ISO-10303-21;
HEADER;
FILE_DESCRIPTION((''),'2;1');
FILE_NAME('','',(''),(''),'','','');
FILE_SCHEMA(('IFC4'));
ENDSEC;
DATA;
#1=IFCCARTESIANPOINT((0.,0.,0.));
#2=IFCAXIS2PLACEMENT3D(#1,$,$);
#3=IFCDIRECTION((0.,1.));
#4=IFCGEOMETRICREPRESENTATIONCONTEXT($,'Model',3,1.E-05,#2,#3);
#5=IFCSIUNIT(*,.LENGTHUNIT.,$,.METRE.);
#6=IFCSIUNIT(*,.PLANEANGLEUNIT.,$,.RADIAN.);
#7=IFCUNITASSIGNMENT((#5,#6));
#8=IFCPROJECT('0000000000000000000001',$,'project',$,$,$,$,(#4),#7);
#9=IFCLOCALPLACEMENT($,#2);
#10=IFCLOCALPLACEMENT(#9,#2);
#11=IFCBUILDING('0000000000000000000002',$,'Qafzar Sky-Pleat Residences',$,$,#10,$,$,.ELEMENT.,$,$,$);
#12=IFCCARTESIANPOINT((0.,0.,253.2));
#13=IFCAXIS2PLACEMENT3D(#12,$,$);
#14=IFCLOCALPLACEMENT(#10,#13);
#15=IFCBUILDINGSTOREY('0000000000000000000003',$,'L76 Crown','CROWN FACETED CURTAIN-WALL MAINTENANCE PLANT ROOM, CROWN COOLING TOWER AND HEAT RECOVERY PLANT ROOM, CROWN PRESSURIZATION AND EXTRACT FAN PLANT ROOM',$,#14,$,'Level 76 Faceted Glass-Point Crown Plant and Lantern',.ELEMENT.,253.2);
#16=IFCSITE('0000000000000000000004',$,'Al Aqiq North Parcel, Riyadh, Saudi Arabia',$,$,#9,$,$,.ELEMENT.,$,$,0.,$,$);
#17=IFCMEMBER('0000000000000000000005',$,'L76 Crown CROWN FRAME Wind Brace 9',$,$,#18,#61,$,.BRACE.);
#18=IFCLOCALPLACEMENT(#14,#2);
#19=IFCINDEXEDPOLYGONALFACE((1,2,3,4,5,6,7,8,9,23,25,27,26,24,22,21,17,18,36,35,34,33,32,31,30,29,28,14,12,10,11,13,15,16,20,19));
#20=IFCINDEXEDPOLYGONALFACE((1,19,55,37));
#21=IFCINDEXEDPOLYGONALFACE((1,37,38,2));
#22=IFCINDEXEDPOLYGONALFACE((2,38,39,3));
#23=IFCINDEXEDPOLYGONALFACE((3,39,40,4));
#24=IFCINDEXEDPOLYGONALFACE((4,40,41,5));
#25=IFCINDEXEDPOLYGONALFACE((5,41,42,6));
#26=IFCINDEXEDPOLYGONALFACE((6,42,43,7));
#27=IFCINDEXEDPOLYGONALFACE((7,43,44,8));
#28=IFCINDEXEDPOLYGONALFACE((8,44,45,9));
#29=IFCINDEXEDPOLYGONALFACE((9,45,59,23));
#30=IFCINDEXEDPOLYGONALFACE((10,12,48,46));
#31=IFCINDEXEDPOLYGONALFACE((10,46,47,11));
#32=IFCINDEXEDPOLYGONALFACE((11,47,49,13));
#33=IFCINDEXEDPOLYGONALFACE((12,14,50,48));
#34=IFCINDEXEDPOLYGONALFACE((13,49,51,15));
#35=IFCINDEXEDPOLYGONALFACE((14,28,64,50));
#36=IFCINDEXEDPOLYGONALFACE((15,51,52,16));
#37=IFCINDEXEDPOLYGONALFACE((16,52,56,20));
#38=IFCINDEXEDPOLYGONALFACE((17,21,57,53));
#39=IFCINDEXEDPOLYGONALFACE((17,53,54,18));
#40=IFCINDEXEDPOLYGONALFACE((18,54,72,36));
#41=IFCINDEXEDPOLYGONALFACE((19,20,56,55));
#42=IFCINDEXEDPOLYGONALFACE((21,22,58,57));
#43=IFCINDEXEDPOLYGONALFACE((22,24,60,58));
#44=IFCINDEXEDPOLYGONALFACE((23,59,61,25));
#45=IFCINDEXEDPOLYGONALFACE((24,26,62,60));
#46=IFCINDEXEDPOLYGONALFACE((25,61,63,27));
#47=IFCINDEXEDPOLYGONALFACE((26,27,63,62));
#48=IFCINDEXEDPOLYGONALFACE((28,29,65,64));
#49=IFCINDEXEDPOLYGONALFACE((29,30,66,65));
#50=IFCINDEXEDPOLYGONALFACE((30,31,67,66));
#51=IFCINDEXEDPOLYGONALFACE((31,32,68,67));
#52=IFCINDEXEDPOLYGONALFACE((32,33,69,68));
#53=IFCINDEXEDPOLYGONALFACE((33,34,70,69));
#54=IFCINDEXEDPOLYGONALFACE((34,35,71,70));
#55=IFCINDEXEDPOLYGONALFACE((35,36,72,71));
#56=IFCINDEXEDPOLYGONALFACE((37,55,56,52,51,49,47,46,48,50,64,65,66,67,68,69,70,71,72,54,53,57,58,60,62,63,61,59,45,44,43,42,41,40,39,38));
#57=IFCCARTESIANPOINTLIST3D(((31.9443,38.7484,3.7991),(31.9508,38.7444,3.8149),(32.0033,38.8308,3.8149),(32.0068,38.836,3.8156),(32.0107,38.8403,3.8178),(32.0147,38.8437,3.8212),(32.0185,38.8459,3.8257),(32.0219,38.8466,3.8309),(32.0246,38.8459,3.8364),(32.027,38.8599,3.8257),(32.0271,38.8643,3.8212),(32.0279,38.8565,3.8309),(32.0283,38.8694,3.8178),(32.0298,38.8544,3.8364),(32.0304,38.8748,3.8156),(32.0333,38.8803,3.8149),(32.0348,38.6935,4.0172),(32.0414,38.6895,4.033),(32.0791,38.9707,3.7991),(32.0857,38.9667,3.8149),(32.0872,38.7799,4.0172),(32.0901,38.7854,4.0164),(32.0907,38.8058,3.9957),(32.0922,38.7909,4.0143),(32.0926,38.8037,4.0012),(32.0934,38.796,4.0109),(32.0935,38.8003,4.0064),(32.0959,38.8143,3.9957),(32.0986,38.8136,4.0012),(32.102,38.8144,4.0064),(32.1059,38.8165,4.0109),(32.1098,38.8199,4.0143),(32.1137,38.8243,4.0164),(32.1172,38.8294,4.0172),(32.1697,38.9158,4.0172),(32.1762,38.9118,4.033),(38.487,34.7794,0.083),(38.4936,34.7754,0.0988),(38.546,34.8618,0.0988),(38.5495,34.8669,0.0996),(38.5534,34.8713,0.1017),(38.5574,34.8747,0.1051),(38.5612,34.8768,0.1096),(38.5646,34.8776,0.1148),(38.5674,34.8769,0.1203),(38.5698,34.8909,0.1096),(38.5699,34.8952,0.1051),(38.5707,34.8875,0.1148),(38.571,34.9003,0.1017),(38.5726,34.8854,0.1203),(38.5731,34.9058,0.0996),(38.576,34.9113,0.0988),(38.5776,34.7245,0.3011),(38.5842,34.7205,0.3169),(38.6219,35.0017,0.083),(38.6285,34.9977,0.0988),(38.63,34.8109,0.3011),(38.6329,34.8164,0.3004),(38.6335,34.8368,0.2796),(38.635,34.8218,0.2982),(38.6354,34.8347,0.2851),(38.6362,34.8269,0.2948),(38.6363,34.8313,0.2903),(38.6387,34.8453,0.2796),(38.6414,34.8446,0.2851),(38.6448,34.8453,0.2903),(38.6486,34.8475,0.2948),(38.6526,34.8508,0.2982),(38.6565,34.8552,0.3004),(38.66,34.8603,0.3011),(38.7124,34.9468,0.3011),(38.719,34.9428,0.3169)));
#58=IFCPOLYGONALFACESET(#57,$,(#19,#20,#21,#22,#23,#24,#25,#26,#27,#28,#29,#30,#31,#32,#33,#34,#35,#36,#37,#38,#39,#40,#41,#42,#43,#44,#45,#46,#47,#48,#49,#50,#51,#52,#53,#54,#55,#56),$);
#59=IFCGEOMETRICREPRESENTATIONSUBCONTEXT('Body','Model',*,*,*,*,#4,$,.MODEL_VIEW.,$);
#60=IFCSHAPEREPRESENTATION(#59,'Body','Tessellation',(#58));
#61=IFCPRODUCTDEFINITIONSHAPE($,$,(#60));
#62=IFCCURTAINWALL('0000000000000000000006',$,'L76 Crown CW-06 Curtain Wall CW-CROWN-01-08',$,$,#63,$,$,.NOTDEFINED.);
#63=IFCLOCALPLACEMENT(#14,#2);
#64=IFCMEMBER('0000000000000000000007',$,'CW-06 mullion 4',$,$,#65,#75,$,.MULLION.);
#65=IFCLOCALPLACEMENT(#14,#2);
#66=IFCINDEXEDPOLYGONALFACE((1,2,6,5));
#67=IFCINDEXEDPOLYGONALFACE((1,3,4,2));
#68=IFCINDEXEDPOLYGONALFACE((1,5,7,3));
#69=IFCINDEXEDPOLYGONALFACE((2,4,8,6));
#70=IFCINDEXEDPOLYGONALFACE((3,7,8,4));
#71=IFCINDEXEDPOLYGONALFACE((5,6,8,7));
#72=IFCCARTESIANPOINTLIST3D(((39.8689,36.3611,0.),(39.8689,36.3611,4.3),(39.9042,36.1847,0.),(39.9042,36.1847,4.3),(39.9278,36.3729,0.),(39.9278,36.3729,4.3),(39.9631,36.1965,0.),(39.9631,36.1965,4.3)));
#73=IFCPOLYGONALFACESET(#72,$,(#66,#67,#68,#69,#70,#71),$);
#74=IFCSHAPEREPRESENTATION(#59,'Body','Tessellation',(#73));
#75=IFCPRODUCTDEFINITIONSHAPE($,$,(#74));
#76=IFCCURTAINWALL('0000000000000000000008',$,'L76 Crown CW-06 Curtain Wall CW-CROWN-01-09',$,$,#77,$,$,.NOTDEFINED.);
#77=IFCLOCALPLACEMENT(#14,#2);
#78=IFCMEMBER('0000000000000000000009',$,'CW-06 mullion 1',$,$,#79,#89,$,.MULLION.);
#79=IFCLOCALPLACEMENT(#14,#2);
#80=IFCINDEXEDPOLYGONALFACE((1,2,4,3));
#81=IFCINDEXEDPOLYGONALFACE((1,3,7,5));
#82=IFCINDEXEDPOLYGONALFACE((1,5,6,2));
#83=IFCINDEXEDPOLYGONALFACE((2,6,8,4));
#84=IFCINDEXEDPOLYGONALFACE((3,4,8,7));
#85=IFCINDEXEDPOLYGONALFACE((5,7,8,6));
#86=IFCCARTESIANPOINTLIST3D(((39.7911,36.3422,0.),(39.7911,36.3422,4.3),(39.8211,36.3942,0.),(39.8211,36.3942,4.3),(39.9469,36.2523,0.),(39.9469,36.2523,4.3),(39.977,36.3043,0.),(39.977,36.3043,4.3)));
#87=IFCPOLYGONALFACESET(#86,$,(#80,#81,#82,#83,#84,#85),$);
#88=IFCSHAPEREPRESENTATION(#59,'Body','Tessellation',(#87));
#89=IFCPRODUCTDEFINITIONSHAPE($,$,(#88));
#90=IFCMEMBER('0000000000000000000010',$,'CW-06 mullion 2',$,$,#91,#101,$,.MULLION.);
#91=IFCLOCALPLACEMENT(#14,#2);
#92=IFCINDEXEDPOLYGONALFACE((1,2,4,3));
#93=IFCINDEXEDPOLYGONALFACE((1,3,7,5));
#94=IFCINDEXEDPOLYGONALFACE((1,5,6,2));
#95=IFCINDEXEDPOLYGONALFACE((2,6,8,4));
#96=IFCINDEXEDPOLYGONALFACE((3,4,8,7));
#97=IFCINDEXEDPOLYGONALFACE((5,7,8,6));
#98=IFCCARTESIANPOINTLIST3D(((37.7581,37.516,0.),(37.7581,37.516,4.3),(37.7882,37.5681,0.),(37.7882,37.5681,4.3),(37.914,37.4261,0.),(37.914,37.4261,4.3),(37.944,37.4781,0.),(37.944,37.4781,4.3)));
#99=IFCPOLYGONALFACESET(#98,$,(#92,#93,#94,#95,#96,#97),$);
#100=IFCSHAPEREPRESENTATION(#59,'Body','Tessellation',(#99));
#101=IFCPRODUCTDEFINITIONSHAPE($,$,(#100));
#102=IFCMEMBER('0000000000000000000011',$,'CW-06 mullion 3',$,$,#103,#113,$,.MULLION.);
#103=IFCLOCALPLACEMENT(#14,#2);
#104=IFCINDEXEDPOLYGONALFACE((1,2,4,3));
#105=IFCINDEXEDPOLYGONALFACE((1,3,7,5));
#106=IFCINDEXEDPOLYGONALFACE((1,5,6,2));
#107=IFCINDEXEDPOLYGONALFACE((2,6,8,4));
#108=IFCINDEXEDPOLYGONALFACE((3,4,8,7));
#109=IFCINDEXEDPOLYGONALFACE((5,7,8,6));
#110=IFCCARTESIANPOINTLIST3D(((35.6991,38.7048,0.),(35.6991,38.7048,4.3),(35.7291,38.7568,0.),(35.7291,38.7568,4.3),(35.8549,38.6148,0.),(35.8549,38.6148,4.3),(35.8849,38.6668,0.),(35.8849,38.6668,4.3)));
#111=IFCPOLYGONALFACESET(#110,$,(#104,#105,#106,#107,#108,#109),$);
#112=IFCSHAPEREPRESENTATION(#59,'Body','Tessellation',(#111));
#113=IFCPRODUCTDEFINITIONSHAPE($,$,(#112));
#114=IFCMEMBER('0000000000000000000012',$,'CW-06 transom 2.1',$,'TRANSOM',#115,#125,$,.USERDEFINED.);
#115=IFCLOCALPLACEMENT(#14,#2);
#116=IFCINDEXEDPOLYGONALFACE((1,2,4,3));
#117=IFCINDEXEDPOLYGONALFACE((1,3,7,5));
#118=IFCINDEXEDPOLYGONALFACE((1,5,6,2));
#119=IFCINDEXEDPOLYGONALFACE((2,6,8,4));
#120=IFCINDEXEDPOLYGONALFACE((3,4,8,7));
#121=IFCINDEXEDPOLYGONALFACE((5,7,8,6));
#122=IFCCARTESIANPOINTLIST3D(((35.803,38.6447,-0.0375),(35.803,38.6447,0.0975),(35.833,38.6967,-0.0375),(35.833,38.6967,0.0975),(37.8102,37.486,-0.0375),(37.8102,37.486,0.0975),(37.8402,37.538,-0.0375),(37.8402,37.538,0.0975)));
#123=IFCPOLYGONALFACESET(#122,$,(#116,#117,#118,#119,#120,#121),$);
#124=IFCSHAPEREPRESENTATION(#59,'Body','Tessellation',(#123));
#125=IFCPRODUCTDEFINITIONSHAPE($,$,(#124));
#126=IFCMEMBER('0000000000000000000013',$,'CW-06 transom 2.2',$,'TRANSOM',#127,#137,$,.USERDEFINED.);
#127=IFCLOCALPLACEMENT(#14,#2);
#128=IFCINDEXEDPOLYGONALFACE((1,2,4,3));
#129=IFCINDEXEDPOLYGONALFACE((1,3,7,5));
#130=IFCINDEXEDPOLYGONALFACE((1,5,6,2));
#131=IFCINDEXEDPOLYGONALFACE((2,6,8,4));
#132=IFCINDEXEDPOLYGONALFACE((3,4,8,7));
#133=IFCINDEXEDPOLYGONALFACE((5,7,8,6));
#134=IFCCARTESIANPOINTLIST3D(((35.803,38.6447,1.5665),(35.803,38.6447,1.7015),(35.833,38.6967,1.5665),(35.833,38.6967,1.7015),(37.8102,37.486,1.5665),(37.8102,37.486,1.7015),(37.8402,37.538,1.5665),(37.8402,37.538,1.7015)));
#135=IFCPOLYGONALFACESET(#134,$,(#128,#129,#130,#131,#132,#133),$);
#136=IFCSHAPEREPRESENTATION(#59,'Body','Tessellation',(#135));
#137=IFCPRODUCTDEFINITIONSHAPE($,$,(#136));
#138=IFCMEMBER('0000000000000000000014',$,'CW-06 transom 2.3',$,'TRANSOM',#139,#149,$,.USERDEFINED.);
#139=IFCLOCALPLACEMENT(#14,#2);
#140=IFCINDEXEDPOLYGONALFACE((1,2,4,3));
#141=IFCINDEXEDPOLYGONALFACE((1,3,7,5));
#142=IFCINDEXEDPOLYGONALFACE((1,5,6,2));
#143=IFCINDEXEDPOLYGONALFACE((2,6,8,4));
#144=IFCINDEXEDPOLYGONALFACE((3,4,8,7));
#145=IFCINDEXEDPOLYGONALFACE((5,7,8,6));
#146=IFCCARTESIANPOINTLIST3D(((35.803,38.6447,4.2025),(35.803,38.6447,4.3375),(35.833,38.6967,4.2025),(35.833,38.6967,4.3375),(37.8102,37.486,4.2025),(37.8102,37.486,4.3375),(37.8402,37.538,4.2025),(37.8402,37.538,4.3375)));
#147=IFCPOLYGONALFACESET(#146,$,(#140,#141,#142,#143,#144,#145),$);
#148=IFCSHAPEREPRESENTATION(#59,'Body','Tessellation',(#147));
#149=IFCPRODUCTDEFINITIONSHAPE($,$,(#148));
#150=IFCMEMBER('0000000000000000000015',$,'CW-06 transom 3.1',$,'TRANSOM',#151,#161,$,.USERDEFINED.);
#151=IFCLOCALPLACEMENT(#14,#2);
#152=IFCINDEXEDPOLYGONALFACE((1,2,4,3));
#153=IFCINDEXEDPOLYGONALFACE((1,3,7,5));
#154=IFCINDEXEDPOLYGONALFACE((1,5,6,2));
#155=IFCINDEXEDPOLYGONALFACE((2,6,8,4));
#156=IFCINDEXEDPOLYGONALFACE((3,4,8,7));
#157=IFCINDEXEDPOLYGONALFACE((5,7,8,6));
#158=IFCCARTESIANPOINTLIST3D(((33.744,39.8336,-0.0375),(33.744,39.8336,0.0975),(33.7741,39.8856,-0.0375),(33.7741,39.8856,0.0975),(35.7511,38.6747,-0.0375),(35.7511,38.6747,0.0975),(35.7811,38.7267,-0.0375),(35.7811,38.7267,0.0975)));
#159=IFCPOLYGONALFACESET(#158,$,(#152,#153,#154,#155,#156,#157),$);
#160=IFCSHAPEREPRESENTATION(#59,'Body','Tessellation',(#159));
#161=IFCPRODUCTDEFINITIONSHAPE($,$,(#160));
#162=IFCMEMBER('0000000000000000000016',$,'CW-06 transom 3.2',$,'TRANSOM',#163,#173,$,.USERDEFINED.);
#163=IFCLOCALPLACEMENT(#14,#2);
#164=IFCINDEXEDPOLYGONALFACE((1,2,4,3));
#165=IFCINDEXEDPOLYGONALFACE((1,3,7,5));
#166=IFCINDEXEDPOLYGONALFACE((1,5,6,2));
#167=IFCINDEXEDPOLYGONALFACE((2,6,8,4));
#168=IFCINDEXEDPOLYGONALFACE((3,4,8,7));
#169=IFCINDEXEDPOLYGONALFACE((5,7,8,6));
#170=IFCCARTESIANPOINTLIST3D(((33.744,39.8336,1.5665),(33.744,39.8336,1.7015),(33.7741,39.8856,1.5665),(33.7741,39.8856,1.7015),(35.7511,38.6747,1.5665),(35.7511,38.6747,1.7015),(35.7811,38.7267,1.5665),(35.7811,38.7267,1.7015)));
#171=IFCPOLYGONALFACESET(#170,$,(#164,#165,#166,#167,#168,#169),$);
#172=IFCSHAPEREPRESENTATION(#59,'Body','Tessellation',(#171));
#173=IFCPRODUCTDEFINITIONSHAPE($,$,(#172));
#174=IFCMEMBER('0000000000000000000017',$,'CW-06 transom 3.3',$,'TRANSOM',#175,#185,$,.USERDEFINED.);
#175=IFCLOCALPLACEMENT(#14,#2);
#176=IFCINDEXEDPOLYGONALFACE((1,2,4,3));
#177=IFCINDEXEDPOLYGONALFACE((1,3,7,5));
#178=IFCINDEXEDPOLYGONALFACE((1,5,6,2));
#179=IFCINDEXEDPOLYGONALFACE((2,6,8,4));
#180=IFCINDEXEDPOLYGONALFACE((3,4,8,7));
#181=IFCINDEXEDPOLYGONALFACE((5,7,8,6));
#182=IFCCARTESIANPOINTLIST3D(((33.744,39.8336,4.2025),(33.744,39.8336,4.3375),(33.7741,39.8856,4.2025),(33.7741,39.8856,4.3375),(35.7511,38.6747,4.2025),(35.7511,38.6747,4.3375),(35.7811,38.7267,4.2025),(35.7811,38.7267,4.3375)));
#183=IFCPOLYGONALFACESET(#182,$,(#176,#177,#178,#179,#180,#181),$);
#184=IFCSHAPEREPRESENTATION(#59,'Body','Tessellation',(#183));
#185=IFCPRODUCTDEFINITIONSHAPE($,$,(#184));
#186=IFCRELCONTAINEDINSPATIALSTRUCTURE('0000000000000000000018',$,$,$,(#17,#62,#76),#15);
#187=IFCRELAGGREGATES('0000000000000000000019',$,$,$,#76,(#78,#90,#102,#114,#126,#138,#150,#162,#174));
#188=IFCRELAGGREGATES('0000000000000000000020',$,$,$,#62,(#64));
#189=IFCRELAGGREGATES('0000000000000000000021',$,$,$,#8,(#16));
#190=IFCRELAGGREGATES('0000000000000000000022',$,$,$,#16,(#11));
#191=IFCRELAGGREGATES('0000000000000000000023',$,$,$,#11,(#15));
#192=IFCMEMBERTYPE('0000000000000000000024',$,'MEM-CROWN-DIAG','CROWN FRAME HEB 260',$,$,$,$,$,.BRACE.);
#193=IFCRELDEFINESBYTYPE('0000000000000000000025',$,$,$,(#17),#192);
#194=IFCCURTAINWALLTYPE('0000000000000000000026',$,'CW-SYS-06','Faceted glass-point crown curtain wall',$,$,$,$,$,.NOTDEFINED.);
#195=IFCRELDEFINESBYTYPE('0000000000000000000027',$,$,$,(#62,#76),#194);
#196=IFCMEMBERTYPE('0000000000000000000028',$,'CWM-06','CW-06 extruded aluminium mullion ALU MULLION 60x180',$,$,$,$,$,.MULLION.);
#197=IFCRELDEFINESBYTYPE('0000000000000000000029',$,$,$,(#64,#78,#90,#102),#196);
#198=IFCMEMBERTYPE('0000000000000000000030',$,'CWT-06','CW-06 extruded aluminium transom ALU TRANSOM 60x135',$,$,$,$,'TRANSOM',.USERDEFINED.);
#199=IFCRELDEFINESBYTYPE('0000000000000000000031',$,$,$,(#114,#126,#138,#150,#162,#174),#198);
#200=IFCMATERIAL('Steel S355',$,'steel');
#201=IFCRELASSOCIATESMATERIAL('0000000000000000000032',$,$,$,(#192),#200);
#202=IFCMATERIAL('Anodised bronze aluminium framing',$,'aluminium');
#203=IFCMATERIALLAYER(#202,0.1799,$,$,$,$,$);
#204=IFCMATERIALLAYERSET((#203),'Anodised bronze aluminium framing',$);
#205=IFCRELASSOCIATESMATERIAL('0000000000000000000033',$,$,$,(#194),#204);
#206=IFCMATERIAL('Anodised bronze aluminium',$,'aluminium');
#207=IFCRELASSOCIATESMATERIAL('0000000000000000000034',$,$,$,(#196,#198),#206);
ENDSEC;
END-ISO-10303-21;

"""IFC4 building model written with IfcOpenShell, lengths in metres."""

from ifc_helpers import new_model, si_unit, direction, frame, origin, origin_2d, place, context, subcontext, project, spatial, rectangle, i_section, extrude, source, transform, mapped, material, layer, layer_set, material_profile, profile_set, type_object, element, aggregate, save


model = new_model("IFC4")

# Units and contexts
model_context = context("Model", 3, precision=1e-05, world=origin(), true_north=direction((0.0, 1.0)))
body_context = subcontext(model_context, "Body", "Model", "MODEL_VIEW")
ifc_project = project(units=[si_unit("LENGTHUNIT", "METRE"), si_unit("PLANEANGLEUNIT", "RADIAN")], contexts=[model_context])

# Site, building, storey
site_placement = place(None, origin())
site = spatial("IfcSite", under=ifc_project, at=site_placement, Name="Al Aqiq North Parcel, Riyadh, Saudi Arabia", CompositionType="ELEMENT", RefElevation=0.0)
building_placement = place(site_placement, origin())
building = spatial("IfcBuilding", under=site, at=building_placement, Name="Qafzar Sky-Pleat Residences", CompositionType="ELEMENT")
storey_placement = place(building_placement, frame((0.0, 0.0, 253.2)))
storey = spatial("IfcBuildingStorey", under=building, at=storey_placement, Name="L76 Crown", Description="CROWN FACETED CURTAIN-WALL MAINTENANCE PLANT ROOM, CROWN COOLING TOWER AND HEAT RECOVERY PLANT ROOM, CROWN PRESSURIZATION AND EXTRACT FAN PLANT ROOM", LongName="Level 76 Faceted Glass-Point Crown Plant and Lantern", CompositionType="ELEMENT", Elevation=253.2)

# Member
ifc_material_1 = material(Name="Steel S355", Category="steel")
ifc_material_profile_1 = material_profile(ifc_material_1, i_section(OverallWidth=0.26, OverallDepth=0.26, WebThickness=0.01, FlangeThickness=0.0176, FilletRadius=0.0239, at=origin_2d()), Name="HEB 260")
ifc_profile_set_1 = profile_set([ifc_material_profile_1], Name="Steel S355")
member_type_1 = type_object("IfcMemberType", Name="MEM-CROWN-DIAG", Description="CROWN FRAME HEB 260", PredefinedType="BRACE", material=ifc_profile_set_1)
shared_shape_1 = source(origin(), body_context, "Body", "SweptSolid", [
    extrude(i_section(OverallWidth=0.26, OverallDepth=0.26, WebThickness=0.01, FlangeThickness=0.0176, FilletRadius=0.0239, at=origin_2d()), origin(), (0.0, 0.0, 1.0), 8.5071),
])
member_1_placement = place(storey_placement, frame((38.603, 34.8611, 0.2), z_axis=(-0.769098, 0.466555, 0.436824), x_axis=(-0.518656, -0.854983, 0.0)))
element("IfcMember", 1, at=member_1_placement, inside=storey, type_object=member_type_1, Name="L76 Crown CROWN FRAME Wind Brace 9", PredefinedType="BRACE", context=body_context, shape_type="MappedRepresentation", body=[
    mapped(shared_shape_1, transform((0.0, 0.0, 0.0), x_axis=(1.0, 0.0, 0.0), y_axis=(0.0, 1.0, 0.0), z_axis=(0.0, 0.0, 1.0), scale=1.0)),
])

# Curtain wall, member
ifc_material_2 = material(Name="Anodised bronze aluminium framing", Category="aluminium")
ifc_layer_1 = layer(ifc_material_2, 0.1799)
ifc_layer_set_1 = layer_set([ifc_layer_1], Name="Anodised bronze aluminium framing")
curtain_wall_type = type_object("IfcCurtainWallType", Name="CW-SYS-06", Description="Faceted glass-point crown curtain wall", PredefinedType="NOTDEFINED", material=ifc_layer_set_1)
curtain_wall_1_placement = place(storey_placement, origin())
curtain_wall_1 = element("IfcCurtainWall", 2, at=curtain_wall_1_placement, inside=storey, type_object=curtain_wall_type, Name="L76 Crown CW-06 Curtain Wall CW-CROWN-01-08", PredefinedType="NOTDEFINED")
ifc_material_3 = material(Name="Anodised bronze aluminium", Category="aluminium")
ifc_material_profile_2 = material_profile(ifc_material_3, rectangle(XDim=0.0601, YDim=0.1799, at=origin_2d()), Name="ALU MULLION 60x180")
ifc_profile_set_2 = profile_set([ifc_material_profile_2], Name="Anodised bronze aluminium")
member_type_2 = type_object("IfcMemberType", Name="CWM-06", Description="CW-06 extruded aluminium mullion ALU MULLION 60x180", PredefinedType="MULLION", material=ifc_profile_set_2)
shared_shape_2 = source(origin(), body_context, "Body", "SweptSolid", [
    extrude(rectangle(XDim=0.0601, YDim=0.1799, at=origin_2d()), origin(), (0.0, 0.0, 1.0), 4.3),
])
member_2_placement = place(storey_placement, frame((39.916, 36.2788, 0.0), z_axis=(0.0, 0.0, 1.0), x_axis=(-0.980581, -0.196113, 0.0)))
member_2 = element("IfcMember", 3, at=member_2_placement, type_object=member_type_2, Name="CW-06 mullion 4", PredefinedType="MULLION", context=body_context, shape_type="MappedRepresentation", body=[
    mapped(shared_shape_2, transform((0.0, 0.0, 0.0), x_axis=(1.0, 0.0, 0.0), y_axis=(0.0, 1.0, 0.0), z_axis=(0.0, 0.0, 1.0), scale=1.0)),
])

# Curtain wall, members
curtain_wall_2_placement = place(storey_placement, origin())
curtain_wall_2 = element("IfcCurtainWall", 4, at=curtain_wall_2_placement, inside=storey, type_object=curtain_wall_type, Name="L76 Crown CW-06 Curtain Wall CW-CROWN-01-09", PredefinedType="NOTDEFINED")
member_3_placement = place(storey_placement, frame((39.884, 36.3232, 0.0), z_axis=(0.0, 0.0, 1.0), x_axis=(-0.500003, -0.866023, 0.0)))
member_3 = element("IfcMember", 5, at=member_3_placement, type_object=member_type_2, Name="CW-06 mullion 1", PredefinedType="MULLION", context=body_context, shape_type="MappedRepresentation", body=[
    mapped(shared_shape_2, transform((0.0, 0.0, 0.0), x_axis=(1.0, 0.0, 0.0), y_axis=(0.0, 1.0, 0.0), z_axis=(0.0, 0.0, 1.0), scale=1.0)),
])
member_4_placement = place(storey_placement, frame((37.8511, 37.4971, 0.0), z_axis=(0.0, 0.0, 1.0), x_axis=(-0.500003, -0.866023, 0.0)))
member_4 = element("IfcMember", 6, at=member_4_placement, type_object=member_type_2, Name="CW-06 mullion 2", PredefinedType="MULLION", context=body_context, shape_type="MappedRepresentation", body=[
    mapped(shared_shape_2, transform((0.0, 0.0, 0.0), x_axis=(1.0, 0.0, 0.0), y_axis=(0.0, 1.0, 0.0), z_axis=(0.0, 0.0, 1.0), scale=1.0)),
])
member_5_placement = place(storey_placement, frame((35.792, 38.6858, 0.0), z_axis=(0.0, 0.0, 1.0), x_axis=(-0.500003, -0.866023, 0.0)))
member_5 = element("IfcMember", 7, at=member_5_placement, type_object=member_type_2, Name="CW-06 mullion 3", PredefinedType="MULLION", context=body_context, shape_type="MappedRepresentation", body=[
    mapped(shared_shape_2, transform((0.0, 0.0, 0.0), x_axis=(1.0, 0.0, 0.0), y_axis=(0.0, 1.0, 0.0), z_axis=(0.0, 0.0, 1.0), scale=1.0)),
])
ifc_material_profile_3 = material_profile(ifc_material_3, rectangle(XDim=0.0601, YDim=0.135, at=origin_2d()), Name="ALU TRANSOM 60x135")
ifc_profile_set_3 = profile_set([ifc_material_profile_3], Name="Anodised bronze aluminium")
member_type_3 = type_object("IfcMemberType", Name="CWT-06", Description="CW-06 extruded aluminium transom ALU TRANSOM 60x135", ElementType="TRANSOM", PredefinedType="USERDEFINED", material=ifc_profile_set_3)
shared_shape_3 = source(origin(), body_context, "Body", "SweptSolid", [
    extrude(rectangle(XDim=0.0601, YDim=0.135, at=origin_2d()), origin(), (0.0, 0.0, 1.0), 2.3176),
])
member_6_placement = place(storey_placement, frame((37.8252, 37.512, 0.03), z_axis=(-0.866043, 0.499969, 0.0), x_axis=(-0.499969, -0.866043, 0.0)))
member_6 = element("IfcMember", 8, at=member_6_placement, type_object=member_type_3, Name="CW-06 transom 2.1", ObjectType="TRANSOM", PredefinedType="USERDEFINED", context=body_context, shape_type="MappedRepresentation", body=[
    mapped(shared_shape_3, transform((0.0, 0.0, 0.0), x_axis=(1.0, 0.0, 0.0), y_axis=(0.0, 1.0, 0.0), z_axis=(0.0, 0.0, 1.0), scale=1.0)),
])
member_7_placement = place(storey_placement, frame((37.8252, 37.512, 1.634), z_axis=(-0.866043, 0.499969, 0.0), x_axis=(-0.499969, -0.866043, 0.0)))
member_7 = element("IfcMember", 9, at=member_7_placement, type_object=member_type_3, Name="CW-06 transom 2.2", ObjectType="TRANSOM", PredefinedType="USERDEFINED", context=body_context, shape_type="MappedRepresentation", body=[
    mapped(shared_shape_3, transform((0.0, 0.0, 0.0), x_axis=(1.0, 0.0, 0.0), y_axis=(0.0, 1.0, 0.0), z_axis=(0.0, 0.0, 1.0), scale=1.0)),
])
member_8_placement = place(storey_placement, frame((37.8252, 37.512, 4.27), z_axis=(-0.866043, 0.499969, 0.0), x_axis=(-0.499969, -0.866043, 0.0)))
member_8 = element("IfcMember", 10, at=member_8_placement, type_object=member_type_3, Name="CW-06 transom 2.3", ObjectType="TRANSOM", PredefinedType="USERDEFINED", context=body_context, shape_type="MappedRepresentation", body=[
    mapped(shared_shape_3, transform((0.0, 0.0, 0.0), x_axis=(1.0, 0.0, 0.0), y_axis=(0.0, 1.0, 0.0), z_axis=(0.0, 0.0, 1.0), scale=1.0)),
])
member_9_placement = place(storey_placement, frame((35.7661, 38.7007, 0.03), z_axis=(-0.865998, 0.500048, 0.0), x_axis=(-0.500048, -0.865998, 0.0)))
member_9 = element("IfcMember", 11, at=member_9_placement, type_object=member_type_3, Name="CW-06 transom 3.1", ObjectType="TRANSOM", PredefinedType="USERDEFINED", context=body_context, shape_type="MappedRepresentation", body=[
    mapped(shared_shape_3, transform((0.0, 0.0, 0.0), x_axis=(1.0, 0.0, 0.0), y_axis=(0.0, 1.0, 0.0), z_axis=(0.0, 0.0, 1.0), scale=1.0)),
])
member_10_placement = place(storey_placement, frame((35.7661, 38.7007, 1.634), z_axis=(-0.865998, 0.500048, 0.0), x_axis=(-0.500048, -0.865998, 0.0)))
member_10 = element("IfcMember", 12, at=member_10_placement, type_object=member_type_3, Name="CW-06 transom 3.2", ObjectType="TRANSOM", PredefinedType="USERDEFINED", context=body_context, shape_type="MappedRepresentation", body=[
    mapped(shared_shape_3, transform((0.0, 0.0, 0.0), x_axis=(1.0, 0.0, 0.0), y_axis=(0.0, 1.0, 0.0), z_axis=(0.0, 0.0, 1.0), scale=1.0)),
])
member_11_placement = place(storey_placement, frame((35.7661, 38.7007, 4.27), z_axis=(-0.865998, 0.500048, 0.0), x_axis=(-0.500048, -0.865998, 0.0)))
member_11 = element("IfcMember", 13, at=member_11_placement, type_object=member_type_3, Name="CW-06 transom 3.3", ObjectType="TRANSOM", PredefinedType="USERDEFINED", context=body_context, shape_type="MappedRepresentation", body=[
    mapped(shared_shape_3, transform((0.0, 0.0, 0.0), x_axis=(1.0, 0.0, 0.0), y_axis=(0.0, 1.0, 0.0), z_axis=(0.0, 0.0, 1.0), scale=1.0)),
])
aggregate(curtain_wall_2, [member_3, member_4, member_5, member_6, member_7, member_8, member_9, member_10, member_11])

aggregate(curtain_wall_1, [member_2])

save(model, "model.ifc")
